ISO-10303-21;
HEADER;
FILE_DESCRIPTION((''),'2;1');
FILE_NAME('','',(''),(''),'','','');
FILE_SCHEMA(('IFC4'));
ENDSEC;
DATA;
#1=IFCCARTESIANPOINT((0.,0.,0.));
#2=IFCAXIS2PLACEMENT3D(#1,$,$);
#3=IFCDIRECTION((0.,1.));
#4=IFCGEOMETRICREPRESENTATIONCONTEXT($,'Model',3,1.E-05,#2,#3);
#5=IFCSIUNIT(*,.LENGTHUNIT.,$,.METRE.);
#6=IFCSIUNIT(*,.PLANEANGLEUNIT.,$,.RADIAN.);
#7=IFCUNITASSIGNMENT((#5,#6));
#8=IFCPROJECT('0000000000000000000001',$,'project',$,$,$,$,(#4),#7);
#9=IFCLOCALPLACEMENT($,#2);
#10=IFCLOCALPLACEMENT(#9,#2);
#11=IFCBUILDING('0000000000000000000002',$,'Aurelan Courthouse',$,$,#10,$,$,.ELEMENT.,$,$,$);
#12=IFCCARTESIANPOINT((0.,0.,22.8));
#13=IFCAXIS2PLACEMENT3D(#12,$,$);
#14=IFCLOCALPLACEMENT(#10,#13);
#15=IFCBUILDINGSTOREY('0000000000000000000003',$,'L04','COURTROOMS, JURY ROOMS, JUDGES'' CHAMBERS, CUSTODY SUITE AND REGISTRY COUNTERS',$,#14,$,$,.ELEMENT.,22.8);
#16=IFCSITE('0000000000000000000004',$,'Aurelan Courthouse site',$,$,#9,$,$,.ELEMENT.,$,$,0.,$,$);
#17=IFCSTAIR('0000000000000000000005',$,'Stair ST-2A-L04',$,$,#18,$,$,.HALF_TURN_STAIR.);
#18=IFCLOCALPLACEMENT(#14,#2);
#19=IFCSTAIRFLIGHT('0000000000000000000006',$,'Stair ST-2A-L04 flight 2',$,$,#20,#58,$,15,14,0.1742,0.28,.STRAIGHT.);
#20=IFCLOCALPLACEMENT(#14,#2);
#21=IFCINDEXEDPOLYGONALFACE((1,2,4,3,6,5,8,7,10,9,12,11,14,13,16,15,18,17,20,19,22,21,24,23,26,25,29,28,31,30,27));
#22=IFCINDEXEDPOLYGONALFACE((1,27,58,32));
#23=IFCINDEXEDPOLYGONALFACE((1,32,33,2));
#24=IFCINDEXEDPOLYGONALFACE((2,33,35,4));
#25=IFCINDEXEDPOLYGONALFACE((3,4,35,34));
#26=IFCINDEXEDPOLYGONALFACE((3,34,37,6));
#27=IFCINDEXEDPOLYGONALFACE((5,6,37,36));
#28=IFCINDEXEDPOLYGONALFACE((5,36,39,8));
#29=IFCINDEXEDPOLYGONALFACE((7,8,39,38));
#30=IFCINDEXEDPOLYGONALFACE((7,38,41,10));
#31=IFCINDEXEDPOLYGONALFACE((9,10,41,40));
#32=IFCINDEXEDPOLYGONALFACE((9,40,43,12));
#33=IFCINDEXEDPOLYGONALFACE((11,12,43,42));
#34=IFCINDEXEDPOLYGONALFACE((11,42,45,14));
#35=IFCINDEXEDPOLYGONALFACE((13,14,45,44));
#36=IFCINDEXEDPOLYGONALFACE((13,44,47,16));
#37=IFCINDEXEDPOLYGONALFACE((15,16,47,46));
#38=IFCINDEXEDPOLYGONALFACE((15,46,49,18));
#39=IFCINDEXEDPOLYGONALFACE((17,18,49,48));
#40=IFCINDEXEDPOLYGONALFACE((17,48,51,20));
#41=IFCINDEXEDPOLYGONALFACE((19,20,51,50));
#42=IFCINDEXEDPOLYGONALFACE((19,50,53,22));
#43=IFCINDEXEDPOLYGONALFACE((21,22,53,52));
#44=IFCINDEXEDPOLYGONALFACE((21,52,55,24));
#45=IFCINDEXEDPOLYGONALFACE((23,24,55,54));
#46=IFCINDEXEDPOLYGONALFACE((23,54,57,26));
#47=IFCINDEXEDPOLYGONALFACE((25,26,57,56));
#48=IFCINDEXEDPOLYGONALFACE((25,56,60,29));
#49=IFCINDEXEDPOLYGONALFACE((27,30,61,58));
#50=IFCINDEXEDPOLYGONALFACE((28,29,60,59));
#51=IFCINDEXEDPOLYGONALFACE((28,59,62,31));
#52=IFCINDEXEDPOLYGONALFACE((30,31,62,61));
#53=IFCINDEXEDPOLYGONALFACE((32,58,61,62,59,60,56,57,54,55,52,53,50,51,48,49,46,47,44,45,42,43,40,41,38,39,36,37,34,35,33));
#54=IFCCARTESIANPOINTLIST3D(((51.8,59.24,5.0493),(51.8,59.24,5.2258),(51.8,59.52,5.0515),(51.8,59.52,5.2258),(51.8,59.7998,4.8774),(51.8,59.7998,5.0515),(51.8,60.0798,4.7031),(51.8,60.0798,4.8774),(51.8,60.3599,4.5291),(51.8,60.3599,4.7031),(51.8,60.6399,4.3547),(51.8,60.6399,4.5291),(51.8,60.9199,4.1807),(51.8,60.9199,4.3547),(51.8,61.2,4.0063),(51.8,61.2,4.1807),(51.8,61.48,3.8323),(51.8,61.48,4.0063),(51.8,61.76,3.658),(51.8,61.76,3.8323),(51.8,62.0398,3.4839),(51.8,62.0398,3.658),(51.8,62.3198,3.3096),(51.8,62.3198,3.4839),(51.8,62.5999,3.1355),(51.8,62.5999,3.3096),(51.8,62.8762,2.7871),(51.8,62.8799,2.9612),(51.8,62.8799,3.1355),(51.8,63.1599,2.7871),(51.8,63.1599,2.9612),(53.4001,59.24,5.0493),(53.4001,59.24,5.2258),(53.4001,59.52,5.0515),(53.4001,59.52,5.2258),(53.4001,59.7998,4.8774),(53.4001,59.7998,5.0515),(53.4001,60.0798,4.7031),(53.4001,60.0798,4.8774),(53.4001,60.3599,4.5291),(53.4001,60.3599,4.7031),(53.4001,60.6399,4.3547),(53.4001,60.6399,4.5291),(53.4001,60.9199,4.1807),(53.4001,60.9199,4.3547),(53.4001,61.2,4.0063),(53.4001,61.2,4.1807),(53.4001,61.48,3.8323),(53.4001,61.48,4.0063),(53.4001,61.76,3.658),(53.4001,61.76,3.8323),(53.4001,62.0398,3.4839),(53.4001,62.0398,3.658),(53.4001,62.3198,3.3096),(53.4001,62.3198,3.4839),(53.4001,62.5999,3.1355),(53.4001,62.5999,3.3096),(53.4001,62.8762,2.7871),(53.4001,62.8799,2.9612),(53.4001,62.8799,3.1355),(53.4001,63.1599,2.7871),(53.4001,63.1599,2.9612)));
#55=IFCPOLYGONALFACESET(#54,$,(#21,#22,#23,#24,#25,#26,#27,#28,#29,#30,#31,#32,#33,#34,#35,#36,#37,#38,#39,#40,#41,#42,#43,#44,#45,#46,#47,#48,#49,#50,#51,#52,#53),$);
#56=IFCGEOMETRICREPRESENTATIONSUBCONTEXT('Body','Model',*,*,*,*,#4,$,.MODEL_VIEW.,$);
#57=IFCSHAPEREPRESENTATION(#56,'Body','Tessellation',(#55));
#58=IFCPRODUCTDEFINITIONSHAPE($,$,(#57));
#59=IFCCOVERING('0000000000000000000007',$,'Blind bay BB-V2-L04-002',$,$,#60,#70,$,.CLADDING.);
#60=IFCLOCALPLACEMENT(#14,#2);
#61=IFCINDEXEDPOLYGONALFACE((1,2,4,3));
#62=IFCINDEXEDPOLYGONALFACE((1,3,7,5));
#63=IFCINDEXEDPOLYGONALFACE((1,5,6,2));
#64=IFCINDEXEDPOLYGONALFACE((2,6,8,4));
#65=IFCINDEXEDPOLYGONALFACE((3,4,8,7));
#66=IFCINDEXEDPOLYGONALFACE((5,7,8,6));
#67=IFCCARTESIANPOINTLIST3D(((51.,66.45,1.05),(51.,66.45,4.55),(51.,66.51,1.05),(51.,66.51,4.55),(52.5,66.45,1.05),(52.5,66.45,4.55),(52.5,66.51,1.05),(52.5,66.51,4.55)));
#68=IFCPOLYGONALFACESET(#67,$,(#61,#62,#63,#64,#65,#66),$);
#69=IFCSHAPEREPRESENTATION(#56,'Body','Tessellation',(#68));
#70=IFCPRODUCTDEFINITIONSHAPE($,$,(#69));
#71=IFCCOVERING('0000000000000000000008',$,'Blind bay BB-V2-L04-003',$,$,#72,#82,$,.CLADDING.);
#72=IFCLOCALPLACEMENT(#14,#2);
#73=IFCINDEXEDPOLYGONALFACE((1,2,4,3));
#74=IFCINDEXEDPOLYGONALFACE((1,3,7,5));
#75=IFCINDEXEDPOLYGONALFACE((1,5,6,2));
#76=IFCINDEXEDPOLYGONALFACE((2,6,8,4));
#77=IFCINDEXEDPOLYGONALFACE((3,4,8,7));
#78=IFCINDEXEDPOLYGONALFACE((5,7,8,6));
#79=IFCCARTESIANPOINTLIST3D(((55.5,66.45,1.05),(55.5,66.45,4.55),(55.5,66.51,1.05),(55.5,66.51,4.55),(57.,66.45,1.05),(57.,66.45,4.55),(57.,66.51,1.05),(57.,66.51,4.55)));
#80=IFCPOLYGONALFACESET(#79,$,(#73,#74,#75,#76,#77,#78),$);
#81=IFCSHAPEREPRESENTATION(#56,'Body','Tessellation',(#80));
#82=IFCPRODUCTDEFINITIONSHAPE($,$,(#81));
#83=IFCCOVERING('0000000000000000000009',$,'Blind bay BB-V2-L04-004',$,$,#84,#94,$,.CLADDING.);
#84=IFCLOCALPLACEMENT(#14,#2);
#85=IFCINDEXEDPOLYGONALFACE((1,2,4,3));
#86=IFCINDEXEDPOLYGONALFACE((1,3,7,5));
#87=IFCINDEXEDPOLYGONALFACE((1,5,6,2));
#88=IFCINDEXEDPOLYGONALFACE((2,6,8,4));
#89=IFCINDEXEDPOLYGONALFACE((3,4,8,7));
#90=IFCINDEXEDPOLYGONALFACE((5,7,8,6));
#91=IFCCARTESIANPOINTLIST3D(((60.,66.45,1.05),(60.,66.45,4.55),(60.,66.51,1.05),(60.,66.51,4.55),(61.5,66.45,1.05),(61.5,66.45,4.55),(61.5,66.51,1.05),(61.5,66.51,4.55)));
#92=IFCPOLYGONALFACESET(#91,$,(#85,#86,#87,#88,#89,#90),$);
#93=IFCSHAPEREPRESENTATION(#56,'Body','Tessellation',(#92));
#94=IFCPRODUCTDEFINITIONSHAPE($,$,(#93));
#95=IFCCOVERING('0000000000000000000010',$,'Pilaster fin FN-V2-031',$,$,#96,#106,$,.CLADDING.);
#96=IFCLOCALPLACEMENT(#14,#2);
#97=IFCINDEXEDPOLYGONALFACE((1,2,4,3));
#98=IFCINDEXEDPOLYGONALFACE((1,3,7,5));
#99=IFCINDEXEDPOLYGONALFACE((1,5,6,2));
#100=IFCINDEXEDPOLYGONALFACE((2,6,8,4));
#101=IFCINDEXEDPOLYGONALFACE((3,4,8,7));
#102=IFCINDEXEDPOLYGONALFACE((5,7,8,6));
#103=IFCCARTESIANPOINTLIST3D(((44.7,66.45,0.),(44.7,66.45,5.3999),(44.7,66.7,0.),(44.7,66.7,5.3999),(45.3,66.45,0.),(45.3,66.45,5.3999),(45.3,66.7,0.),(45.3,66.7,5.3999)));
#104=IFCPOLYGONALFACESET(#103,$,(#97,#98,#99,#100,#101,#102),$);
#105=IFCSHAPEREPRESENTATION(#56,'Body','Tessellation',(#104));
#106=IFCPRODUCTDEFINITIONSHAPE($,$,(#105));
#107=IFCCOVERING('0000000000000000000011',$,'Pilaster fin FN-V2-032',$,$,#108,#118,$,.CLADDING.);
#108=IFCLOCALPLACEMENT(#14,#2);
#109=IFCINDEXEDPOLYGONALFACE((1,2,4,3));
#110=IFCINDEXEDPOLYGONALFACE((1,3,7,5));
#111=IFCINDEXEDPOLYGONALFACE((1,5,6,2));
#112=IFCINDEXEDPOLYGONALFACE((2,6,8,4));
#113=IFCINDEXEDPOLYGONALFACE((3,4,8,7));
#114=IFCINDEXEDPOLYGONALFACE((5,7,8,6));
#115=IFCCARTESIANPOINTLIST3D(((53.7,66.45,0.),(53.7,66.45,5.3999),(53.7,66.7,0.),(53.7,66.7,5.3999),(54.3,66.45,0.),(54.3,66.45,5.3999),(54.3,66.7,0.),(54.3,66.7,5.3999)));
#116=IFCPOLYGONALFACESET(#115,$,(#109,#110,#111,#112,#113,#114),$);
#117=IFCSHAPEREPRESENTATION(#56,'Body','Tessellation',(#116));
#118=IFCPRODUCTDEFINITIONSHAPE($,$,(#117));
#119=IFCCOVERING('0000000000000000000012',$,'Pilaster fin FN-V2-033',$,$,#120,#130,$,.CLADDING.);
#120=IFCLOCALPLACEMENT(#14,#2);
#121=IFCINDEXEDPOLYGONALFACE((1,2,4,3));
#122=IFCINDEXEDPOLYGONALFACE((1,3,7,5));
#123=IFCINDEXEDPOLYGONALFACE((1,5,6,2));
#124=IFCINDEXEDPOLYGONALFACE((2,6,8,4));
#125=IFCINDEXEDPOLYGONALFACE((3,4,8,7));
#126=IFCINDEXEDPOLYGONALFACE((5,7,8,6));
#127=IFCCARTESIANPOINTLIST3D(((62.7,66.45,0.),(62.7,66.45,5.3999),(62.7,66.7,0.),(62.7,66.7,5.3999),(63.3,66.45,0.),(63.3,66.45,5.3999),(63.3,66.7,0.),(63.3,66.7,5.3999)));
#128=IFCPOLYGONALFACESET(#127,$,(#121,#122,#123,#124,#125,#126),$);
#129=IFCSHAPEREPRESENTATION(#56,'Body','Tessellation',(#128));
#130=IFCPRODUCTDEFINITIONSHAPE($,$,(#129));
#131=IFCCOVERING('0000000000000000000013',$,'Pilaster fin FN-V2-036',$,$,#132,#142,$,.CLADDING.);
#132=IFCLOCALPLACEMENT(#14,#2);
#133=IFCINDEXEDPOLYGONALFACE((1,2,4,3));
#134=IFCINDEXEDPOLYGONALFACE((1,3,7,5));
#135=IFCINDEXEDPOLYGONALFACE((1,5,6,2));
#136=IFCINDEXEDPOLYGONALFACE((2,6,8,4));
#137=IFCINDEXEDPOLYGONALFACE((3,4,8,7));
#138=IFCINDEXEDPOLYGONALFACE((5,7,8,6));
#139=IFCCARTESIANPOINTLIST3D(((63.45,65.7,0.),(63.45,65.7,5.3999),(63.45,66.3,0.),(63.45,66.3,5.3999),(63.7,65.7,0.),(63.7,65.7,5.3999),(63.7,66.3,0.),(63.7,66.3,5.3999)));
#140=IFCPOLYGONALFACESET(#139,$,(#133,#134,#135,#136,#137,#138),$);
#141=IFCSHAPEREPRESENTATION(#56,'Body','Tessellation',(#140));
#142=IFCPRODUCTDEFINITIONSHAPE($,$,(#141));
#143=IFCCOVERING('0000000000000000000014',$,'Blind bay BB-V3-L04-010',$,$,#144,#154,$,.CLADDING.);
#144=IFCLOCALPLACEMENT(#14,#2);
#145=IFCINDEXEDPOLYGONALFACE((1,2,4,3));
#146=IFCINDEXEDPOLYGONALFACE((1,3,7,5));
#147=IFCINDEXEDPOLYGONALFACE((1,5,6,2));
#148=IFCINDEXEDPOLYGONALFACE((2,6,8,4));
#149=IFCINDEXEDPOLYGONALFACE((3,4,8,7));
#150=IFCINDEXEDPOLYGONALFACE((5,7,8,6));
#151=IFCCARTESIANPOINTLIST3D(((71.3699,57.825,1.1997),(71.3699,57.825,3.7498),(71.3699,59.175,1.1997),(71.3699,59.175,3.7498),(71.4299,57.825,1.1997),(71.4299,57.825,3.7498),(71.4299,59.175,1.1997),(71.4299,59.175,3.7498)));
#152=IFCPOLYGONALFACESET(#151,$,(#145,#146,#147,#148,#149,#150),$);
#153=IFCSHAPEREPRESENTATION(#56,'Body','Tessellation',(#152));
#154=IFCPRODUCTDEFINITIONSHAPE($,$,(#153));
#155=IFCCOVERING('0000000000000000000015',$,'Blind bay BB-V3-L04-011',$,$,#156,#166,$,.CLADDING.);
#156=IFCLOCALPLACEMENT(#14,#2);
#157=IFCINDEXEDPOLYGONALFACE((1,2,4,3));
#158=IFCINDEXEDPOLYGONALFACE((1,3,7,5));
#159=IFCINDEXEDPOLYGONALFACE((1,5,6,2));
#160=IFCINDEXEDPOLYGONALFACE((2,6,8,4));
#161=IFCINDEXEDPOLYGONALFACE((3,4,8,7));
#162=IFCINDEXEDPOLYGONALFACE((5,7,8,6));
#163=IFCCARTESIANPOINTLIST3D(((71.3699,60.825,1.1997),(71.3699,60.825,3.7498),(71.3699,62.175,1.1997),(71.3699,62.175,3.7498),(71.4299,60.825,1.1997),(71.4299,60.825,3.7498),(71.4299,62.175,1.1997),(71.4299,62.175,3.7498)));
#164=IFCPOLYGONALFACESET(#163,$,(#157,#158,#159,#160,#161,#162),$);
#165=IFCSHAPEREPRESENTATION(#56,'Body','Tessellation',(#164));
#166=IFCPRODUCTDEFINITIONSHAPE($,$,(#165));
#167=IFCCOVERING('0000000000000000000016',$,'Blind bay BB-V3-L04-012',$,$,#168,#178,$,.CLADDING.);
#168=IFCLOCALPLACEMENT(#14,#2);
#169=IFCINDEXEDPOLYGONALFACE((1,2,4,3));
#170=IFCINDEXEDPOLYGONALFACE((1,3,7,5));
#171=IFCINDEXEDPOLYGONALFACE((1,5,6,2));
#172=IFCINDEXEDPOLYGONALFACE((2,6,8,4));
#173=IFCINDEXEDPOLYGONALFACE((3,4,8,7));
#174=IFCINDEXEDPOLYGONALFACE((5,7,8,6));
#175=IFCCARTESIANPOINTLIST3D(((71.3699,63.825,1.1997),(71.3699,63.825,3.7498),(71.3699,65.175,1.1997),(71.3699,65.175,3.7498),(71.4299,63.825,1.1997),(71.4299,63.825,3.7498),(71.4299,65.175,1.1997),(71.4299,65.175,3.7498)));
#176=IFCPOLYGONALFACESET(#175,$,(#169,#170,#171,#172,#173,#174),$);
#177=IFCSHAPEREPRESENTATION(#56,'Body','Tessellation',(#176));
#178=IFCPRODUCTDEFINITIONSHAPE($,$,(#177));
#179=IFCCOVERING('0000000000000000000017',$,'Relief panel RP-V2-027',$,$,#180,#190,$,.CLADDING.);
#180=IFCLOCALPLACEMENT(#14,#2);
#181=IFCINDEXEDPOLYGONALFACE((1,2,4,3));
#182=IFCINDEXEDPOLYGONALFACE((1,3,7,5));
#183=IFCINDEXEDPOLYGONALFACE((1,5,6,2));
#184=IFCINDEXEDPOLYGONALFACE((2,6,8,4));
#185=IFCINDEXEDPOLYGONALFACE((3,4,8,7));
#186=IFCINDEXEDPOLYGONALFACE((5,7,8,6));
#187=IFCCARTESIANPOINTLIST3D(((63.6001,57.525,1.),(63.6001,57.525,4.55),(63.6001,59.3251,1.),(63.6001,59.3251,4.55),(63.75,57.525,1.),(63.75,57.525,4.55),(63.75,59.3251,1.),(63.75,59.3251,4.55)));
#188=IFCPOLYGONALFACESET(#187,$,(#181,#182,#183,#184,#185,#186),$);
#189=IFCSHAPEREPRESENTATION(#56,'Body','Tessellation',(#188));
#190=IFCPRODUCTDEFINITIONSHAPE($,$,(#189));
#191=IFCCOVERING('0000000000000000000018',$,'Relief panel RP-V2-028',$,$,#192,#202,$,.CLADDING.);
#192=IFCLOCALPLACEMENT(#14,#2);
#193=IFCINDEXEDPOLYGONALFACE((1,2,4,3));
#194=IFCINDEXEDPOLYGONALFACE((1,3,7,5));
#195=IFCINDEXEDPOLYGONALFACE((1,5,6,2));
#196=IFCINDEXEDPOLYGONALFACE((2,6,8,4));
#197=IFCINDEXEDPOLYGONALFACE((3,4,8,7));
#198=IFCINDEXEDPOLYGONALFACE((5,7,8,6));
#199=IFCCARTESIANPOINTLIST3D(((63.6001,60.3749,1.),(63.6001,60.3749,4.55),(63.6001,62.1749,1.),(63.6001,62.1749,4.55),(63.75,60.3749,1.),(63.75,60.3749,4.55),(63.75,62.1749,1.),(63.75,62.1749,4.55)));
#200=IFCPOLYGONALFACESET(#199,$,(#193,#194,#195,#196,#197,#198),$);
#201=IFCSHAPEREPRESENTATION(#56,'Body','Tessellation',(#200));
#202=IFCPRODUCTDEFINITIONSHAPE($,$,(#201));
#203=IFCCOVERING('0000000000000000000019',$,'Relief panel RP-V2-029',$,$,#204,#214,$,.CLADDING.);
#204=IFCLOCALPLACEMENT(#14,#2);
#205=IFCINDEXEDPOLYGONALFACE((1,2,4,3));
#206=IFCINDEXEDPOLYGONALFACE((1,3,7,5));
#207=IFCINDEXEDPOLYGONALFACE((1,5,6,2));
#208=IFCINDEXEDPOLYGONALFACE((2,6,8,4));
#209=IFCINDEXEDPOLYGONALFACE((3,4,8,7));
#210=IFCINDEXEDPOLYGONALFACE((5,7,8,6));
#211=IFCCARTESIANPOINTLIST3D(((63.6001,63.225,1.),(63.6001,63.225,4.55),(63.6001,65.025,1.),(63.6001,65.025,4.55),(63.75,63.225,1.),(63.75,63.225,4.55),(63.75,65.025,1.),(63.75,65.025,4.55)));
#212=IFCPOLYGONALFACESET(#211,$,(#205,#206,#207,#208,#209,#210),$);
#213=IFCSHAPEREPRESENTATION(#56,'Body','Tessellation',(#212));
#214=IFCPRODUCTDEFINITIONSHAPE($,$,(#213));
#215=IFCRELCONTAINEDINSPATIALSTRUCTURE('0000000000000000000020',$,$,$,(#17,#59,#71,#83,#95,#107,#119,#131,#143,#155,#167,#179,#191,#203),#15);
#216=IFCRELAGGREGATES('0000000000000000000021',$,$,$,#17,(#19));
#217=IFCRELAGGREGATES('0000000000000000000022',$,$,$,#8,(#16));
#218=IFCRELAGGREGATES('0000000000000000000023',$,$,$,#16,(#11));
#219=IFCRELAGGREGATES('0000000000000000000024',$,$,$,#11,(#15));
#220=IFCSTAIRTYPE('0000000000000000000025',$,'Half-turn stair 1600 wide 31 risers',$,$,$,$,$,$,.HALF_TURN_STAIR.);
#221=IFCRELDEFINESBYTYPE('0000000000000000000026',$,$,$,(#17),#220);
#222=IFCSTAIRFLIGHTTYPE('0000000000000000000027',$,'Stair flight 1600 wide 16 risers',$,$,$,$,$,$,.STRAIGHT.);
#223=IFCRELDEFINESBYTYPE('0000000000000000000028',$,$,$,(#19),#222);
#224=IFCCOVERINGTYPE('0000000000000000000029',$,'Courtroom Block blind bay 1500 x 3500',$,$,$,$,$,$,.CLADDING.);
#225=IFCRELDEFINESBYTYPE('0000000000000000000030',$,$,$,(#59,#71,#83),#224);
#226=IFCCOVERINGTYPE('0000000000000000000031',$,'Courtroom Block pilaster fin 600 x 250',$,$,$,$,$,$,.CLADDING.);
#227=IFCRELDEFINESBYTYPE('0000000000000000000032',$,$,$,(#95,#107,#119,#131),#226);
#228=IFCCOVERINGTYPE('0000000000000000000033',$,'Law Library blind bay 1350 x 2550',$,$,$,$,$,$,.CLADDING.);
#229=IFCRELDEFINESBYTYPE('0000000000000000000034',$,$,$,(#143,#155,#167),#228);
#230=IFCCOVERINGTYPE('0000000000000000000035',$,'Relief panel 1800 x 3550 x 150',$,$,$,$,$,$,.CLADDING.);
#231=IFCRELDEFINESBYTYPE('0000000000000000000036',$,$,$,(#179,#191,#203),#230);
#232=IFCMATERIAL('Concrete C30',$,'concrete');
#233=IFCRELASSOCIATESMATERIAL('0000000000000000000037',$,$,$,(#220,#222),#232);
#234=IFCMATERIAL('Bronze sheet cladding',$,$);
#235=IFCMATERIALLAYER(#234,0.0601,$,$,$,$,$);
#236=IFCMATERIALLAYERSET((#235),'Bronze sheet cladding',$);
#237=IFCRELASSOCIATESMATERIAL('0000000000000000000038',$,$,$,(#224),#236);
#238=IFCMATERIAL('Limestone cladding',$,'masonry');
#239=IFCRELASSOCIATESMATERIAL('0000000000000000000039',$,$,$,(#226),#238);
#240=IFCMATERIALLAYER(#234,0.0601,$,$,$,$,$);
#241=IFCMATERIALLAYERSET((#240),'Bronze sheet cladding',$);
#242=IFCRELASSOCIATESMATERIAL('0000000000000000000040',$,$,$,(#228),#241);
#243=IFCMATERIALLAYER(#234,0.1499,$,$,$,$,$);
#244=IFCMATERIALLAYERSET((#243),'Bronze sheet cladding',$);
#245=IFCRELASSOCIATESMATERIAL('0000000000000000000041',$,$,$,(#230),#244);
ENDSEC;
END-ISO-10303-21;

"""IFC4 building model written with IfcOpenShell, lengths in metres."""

from ifc_helpers import new_model, si_unit, direction, frame, origin, origin_2d, place, context, subcontext, project, spatial, polyline, rectangle, outline, extrude, material, layer, layer_set, type_object, element, aggregate, save


model = new_model("IFC4")

# Units and contexts
model_context = context("Model", 3, precision=1e-05, world=origin(), true_north=direction((0.0, 1.0)))
body_context = subcontext(model_context, "Body", "Model", "MODEL_VIEW")
ifc_project = project(units=[si_unit("LENGTHUNIT", "METRE"), si_unit("PLANEANGLEUNIT", "RADIAN")], contexts=[model_context])

# Site, building, storey
site_placement = place(None, origin())
site = spatial("IfcSite", under=ifc_project, at=site_placement, Name="Aurelan Courthouse site", CompositionType="ELEMENT", RefElevation=0.0)
building_placement = place(site_placement, origin())
building = spatial("IfcBuilding", under=site, at=building_placement, Name="Aurelan Courthouse", CompositionType="ELEMENT")
storey_placement = place(building_placement, frame((0.0, 0.0, 22.8)))
storey = spatial("IfcBuildingStorey", under=building, at=storey_placement, Name="L04", Description="COURTROOMS, JURY ROOMS, JUDGES' CHAMBERS, CUSTODY SUITE AND REGISTRY COUNTERS", CompositionType="ELEMENT", Elevation=22.8)

# Shared definitions
ifc_material_1 = material(Name="Limestone cladding", Category="masonry")
ifc_material_2 = material(Name="Concrete C30", Category="concrete")

# Stair, stair flight
stair_type_1 = type_object("IfcStairType", Name="Half-turn stair 1600 wide 31 risers", PredefinedType="HALF_TURN_STAIR", material=ifc_material_2)
stair_1_placement = place(storey_placement, origin())
stair_1 = element("IfcStair", 1, at=stair_1_placement, inside=storey, type_object=stair_type_1, Name="Stair ST-2A-L04", PredefinedType="HALF_TURN_STAIR")
stair_flight_type_1 = type_object("IfcStairFlightType", Name="Stair flight 1600 wide 16 risers", PredefinedType="STRAIGHT", material=ifc_material_2)
stair_flight_1_placement = place(storey_placement, frame((52.6001, 63.1599, 2.7871), z_axis=(0.0, 0.0, 1.0), x_axis=(0.0, -1.0, 0.0)))
stair_flight_1 = element("IfcStairFlight", 2, at=stair_flight_1_placement, type_object=stair_flight_type_1, Name="Stair ST-2A-L04 flight 2", NumberOfRisers=15, NumberOfTreads=14, PredefinedType="STRAIGHT", RiserHeight=0.1742, TreadLength=0.28, context=body_context, shape_type="SweptSolid", body=[
    extrude(outline(polyline([(0.0, 0.0), (0.0, 0.1741), (0.28, 0.1741), (0.28, 0.3484), (0.5601, 0.3484), (0.5601, 0.5225), (0.8401, 0.5225), (0.8401, 0.6968), (1.1201, 0.6968), (1.1201, 0.8708), (1.3999, 0.8708), (1.3999, 1.0452), (1.6799, 1.0452), (1.6799, 1.2192), (1.96, 1.2192), (1.96, 1.3936), (2.24, 1.3936), (2.24, 1.5676), (2.52, 1.5676), (2.52, 1.7419), (2.8, 1.7419), (2.8, 1.916), (3.0801, 1.916), (3.0801, 2.0903), (3.3601, 2.0903), (3.3601, 2.2644), (3.6399, 2.2644), (3.6399, 2.4387), (3.9199, 2.4387), (3.9199, 2.6128), (3.9199, 2.2622), (0.2837, 0.0), (0.0, 0.0)])), frame((0.0, 0.8, 0.0), z_axis=(0.0, -1.0, 0.0), x_axis=(1.0, 0.0, 0.0)), (0.0, 0.0, 1.0), 1.6001),
])
aggregate(stair_1, [stair_flight_1])

# Coverings
ifc_material_3 = material(Name="Bronze sheet cladding")
ifc_layer_1 = layer(ifc_material_3, 0.0601)
ifc_layer_set_1 = layer_set([ifc_layer_1], Name="Bronze sheet cladding")
covering_type_1 = type_object("IfcCoveringType", Name="Courtroom Block blind bay 1500 x 3500", PredefinedType="CLADDING", material=ifc_layer_set_1)
for number, where, z_axis, x_axis, name in (
    (3, (51.75, 66.48, 1.05), (0.0, 0.0, 1.0), (1.0, 0.0, 0.0), "Blind bay BB-V2-L04-002"),
    (4, (56.25, 66.48, 1.05), (0.0, 0.0, 1.0), (1.0, 0.0, 0.0), "Blind bay BB-V2-L04-003"),
    (5, (60.75, 66.48, 1.05), (0.0, 0.0, 1.0), (1.0, 0.0, 0.0), "Blind bay BB-V2-L04-004"),
):
    element("IfcCovering", number, at=place(storey_placement, frame(where, z_axis=z_axis, x_axis=x_axis)), inside=storey, type_object=covering_type_1, Name=name, PredefinedType="CLADDING", context=body_context, shape_type="SweptSolid", body=[
        extrude(rectangle(XDim=1.5, YDim=0.0601, at=origin_2d()), origin(), (0.0, 0.0, 1.0), 3.5),
    ])
covering_type_2 = type_object("IfcCoveringType", Name="Courtroom Block pilaster fin 600 x 250", PredefinedType="CLADDING", material=ifc_material_1)
for number, where, z_axis, x_axis, name in (
    (6, (45.0, 66.575, 0.0), (0.0, 0.0, 1.0), (1.0, 0.0, 0.0), "Pilaster fin FN-V2-031"),
    (7, (54.0, 66.575, 0.0), (0.0, 0.0, 1.0), (1.0, 0.0, 0.0), "Pilaster fin FN-V2-032"),
    (8, (63.0, 66.575, 0.0), (0.0, 0.0, 1.0), (1.0, 0.0, 0.0), "Pilaster fin FN-V2-033"),
):
    element("IfcCovering", number, at=place(storey_placement, frame(where, z_axis=z_axis, x_axis=x_axis)), inside=storey, type_object=covering_type_2, Name=name, PredefinedType="CLADDING", context=body_context, shape_type="SweptSolid", body=[
        extrude(rectangle(XDim=0.6001, YDim=0.25, at=origin_2d()), origin(), (0.0, 0.0, 1.0), 5.3999),
    ])
covering_placement = place(storey_placement, frame((63.575, 66.0, 0.0), z_axis=(0.0, 0.0, 1.0), x_axis=(1.0, 0.0, 0.0)))
element("IfcCovering", 9, at=covering_placement, inside=storey, type_object=covering_type_2, Name="Pilaster fin FN-V2-036", PredefinedType="CLADDING", context=body_context, shape_type="SweptSolid", body=[
    extrude(rectangle(XDim=0.25, YDim=0.6001, at=origin_2d()), origin(), (0.0, 0.0, 1.0), 5.3999),
])
ifc_layer_2 = layer(ifc_material_3, 0.0601)
ifc_layer_set_2 = layer_set([ifc_layer_2], Name="Bronze sheet cladding")
covering_type_3 = type_object("IfcCoveringType", Name="Law Library blind bay 1350 x 2550", PredefinedType="CLADDING", material=ifc_layer_set_2)
for number, where, z_axis, x_axis, name in (
    (10, (71.3999, 58.5, 1.1997), (0.0, 0.0, 1.0), (1.0, 0.0, 0.0), "Blind bay BB-V3-L04-010"),
    (11, (71.3999, 61.5, 1.1997), (0.0, 0.0, 1.0), (1.0, 0.0, 0.0), "Blind bay BB-V3-L04-011"),
    (12, (71.3999, 64.5, 1.1997), (0.0, 0.0, 1.0), (1.0, 0.0, 0.0), "Blind bay BB-V3-L04-012"),
):
    element("IfcCovering", number, at=place(storey_placement, frame(where, z_axis=z_axis, x_axis=x_axis)), inside=storey, type_object=covering_type_3, Name=name, PredefinedType="CLADDING", context=body_context, shape_type="SweptSolid", body=[
        extrude(rectangle(XDim=0.0601, YDim=1.3501, at=origin_2d()), origin(), (0.0, 0.0, 1.0), 2.55),
    ])
ifc_layer_3 = layer(ifc_material_3, 0.1499)
ifc_layer_set_3 = layer_set([ifc_layer_3], Name="Bronze sheet cladding")
covering_type_4 = type_object("IfcCoveringType", Name="Relief panel 1800 x 3550 x 150", PredefinedType="CLADDING", material=ifc_layer_set_3)
for number, where, z_axis, x_axis, name in (
    (13, (63.675, 58.425, 1.0), (0.0, 0.0, 1.0), (1.0, 0.0, 0.0), "Relief panel RP-V2-027"),
    (14, (63.675, 61.2749, 1.0), (0.0, 0.0, 1.0), (1.0, 0.0, 0.0), "Relief panel RP-V2-028"),
    (15, (63.675, 64.125, 1.0), (0.0, 0.0, 1.0), (1.0, 0.0, 0.0), "Relief panel RP-V2-029"),
):
    element("IfcCovering", number, at=place(storey_placement, frame(where, z_axis=z_axis, x_axis=x_axis)), inside=storey, type_object=covering_type_4, Name=name, PredefinedType="CLADDING", context=body_context, shape_type="SweptSolid", body=[
        extrude(rectangle(XDim=0.1499, YDim=1.8, at=origin_2d()), origin(), (0.0, 0.0, 1.0), 3.55),
    ])

save(model, "model.ifc")
